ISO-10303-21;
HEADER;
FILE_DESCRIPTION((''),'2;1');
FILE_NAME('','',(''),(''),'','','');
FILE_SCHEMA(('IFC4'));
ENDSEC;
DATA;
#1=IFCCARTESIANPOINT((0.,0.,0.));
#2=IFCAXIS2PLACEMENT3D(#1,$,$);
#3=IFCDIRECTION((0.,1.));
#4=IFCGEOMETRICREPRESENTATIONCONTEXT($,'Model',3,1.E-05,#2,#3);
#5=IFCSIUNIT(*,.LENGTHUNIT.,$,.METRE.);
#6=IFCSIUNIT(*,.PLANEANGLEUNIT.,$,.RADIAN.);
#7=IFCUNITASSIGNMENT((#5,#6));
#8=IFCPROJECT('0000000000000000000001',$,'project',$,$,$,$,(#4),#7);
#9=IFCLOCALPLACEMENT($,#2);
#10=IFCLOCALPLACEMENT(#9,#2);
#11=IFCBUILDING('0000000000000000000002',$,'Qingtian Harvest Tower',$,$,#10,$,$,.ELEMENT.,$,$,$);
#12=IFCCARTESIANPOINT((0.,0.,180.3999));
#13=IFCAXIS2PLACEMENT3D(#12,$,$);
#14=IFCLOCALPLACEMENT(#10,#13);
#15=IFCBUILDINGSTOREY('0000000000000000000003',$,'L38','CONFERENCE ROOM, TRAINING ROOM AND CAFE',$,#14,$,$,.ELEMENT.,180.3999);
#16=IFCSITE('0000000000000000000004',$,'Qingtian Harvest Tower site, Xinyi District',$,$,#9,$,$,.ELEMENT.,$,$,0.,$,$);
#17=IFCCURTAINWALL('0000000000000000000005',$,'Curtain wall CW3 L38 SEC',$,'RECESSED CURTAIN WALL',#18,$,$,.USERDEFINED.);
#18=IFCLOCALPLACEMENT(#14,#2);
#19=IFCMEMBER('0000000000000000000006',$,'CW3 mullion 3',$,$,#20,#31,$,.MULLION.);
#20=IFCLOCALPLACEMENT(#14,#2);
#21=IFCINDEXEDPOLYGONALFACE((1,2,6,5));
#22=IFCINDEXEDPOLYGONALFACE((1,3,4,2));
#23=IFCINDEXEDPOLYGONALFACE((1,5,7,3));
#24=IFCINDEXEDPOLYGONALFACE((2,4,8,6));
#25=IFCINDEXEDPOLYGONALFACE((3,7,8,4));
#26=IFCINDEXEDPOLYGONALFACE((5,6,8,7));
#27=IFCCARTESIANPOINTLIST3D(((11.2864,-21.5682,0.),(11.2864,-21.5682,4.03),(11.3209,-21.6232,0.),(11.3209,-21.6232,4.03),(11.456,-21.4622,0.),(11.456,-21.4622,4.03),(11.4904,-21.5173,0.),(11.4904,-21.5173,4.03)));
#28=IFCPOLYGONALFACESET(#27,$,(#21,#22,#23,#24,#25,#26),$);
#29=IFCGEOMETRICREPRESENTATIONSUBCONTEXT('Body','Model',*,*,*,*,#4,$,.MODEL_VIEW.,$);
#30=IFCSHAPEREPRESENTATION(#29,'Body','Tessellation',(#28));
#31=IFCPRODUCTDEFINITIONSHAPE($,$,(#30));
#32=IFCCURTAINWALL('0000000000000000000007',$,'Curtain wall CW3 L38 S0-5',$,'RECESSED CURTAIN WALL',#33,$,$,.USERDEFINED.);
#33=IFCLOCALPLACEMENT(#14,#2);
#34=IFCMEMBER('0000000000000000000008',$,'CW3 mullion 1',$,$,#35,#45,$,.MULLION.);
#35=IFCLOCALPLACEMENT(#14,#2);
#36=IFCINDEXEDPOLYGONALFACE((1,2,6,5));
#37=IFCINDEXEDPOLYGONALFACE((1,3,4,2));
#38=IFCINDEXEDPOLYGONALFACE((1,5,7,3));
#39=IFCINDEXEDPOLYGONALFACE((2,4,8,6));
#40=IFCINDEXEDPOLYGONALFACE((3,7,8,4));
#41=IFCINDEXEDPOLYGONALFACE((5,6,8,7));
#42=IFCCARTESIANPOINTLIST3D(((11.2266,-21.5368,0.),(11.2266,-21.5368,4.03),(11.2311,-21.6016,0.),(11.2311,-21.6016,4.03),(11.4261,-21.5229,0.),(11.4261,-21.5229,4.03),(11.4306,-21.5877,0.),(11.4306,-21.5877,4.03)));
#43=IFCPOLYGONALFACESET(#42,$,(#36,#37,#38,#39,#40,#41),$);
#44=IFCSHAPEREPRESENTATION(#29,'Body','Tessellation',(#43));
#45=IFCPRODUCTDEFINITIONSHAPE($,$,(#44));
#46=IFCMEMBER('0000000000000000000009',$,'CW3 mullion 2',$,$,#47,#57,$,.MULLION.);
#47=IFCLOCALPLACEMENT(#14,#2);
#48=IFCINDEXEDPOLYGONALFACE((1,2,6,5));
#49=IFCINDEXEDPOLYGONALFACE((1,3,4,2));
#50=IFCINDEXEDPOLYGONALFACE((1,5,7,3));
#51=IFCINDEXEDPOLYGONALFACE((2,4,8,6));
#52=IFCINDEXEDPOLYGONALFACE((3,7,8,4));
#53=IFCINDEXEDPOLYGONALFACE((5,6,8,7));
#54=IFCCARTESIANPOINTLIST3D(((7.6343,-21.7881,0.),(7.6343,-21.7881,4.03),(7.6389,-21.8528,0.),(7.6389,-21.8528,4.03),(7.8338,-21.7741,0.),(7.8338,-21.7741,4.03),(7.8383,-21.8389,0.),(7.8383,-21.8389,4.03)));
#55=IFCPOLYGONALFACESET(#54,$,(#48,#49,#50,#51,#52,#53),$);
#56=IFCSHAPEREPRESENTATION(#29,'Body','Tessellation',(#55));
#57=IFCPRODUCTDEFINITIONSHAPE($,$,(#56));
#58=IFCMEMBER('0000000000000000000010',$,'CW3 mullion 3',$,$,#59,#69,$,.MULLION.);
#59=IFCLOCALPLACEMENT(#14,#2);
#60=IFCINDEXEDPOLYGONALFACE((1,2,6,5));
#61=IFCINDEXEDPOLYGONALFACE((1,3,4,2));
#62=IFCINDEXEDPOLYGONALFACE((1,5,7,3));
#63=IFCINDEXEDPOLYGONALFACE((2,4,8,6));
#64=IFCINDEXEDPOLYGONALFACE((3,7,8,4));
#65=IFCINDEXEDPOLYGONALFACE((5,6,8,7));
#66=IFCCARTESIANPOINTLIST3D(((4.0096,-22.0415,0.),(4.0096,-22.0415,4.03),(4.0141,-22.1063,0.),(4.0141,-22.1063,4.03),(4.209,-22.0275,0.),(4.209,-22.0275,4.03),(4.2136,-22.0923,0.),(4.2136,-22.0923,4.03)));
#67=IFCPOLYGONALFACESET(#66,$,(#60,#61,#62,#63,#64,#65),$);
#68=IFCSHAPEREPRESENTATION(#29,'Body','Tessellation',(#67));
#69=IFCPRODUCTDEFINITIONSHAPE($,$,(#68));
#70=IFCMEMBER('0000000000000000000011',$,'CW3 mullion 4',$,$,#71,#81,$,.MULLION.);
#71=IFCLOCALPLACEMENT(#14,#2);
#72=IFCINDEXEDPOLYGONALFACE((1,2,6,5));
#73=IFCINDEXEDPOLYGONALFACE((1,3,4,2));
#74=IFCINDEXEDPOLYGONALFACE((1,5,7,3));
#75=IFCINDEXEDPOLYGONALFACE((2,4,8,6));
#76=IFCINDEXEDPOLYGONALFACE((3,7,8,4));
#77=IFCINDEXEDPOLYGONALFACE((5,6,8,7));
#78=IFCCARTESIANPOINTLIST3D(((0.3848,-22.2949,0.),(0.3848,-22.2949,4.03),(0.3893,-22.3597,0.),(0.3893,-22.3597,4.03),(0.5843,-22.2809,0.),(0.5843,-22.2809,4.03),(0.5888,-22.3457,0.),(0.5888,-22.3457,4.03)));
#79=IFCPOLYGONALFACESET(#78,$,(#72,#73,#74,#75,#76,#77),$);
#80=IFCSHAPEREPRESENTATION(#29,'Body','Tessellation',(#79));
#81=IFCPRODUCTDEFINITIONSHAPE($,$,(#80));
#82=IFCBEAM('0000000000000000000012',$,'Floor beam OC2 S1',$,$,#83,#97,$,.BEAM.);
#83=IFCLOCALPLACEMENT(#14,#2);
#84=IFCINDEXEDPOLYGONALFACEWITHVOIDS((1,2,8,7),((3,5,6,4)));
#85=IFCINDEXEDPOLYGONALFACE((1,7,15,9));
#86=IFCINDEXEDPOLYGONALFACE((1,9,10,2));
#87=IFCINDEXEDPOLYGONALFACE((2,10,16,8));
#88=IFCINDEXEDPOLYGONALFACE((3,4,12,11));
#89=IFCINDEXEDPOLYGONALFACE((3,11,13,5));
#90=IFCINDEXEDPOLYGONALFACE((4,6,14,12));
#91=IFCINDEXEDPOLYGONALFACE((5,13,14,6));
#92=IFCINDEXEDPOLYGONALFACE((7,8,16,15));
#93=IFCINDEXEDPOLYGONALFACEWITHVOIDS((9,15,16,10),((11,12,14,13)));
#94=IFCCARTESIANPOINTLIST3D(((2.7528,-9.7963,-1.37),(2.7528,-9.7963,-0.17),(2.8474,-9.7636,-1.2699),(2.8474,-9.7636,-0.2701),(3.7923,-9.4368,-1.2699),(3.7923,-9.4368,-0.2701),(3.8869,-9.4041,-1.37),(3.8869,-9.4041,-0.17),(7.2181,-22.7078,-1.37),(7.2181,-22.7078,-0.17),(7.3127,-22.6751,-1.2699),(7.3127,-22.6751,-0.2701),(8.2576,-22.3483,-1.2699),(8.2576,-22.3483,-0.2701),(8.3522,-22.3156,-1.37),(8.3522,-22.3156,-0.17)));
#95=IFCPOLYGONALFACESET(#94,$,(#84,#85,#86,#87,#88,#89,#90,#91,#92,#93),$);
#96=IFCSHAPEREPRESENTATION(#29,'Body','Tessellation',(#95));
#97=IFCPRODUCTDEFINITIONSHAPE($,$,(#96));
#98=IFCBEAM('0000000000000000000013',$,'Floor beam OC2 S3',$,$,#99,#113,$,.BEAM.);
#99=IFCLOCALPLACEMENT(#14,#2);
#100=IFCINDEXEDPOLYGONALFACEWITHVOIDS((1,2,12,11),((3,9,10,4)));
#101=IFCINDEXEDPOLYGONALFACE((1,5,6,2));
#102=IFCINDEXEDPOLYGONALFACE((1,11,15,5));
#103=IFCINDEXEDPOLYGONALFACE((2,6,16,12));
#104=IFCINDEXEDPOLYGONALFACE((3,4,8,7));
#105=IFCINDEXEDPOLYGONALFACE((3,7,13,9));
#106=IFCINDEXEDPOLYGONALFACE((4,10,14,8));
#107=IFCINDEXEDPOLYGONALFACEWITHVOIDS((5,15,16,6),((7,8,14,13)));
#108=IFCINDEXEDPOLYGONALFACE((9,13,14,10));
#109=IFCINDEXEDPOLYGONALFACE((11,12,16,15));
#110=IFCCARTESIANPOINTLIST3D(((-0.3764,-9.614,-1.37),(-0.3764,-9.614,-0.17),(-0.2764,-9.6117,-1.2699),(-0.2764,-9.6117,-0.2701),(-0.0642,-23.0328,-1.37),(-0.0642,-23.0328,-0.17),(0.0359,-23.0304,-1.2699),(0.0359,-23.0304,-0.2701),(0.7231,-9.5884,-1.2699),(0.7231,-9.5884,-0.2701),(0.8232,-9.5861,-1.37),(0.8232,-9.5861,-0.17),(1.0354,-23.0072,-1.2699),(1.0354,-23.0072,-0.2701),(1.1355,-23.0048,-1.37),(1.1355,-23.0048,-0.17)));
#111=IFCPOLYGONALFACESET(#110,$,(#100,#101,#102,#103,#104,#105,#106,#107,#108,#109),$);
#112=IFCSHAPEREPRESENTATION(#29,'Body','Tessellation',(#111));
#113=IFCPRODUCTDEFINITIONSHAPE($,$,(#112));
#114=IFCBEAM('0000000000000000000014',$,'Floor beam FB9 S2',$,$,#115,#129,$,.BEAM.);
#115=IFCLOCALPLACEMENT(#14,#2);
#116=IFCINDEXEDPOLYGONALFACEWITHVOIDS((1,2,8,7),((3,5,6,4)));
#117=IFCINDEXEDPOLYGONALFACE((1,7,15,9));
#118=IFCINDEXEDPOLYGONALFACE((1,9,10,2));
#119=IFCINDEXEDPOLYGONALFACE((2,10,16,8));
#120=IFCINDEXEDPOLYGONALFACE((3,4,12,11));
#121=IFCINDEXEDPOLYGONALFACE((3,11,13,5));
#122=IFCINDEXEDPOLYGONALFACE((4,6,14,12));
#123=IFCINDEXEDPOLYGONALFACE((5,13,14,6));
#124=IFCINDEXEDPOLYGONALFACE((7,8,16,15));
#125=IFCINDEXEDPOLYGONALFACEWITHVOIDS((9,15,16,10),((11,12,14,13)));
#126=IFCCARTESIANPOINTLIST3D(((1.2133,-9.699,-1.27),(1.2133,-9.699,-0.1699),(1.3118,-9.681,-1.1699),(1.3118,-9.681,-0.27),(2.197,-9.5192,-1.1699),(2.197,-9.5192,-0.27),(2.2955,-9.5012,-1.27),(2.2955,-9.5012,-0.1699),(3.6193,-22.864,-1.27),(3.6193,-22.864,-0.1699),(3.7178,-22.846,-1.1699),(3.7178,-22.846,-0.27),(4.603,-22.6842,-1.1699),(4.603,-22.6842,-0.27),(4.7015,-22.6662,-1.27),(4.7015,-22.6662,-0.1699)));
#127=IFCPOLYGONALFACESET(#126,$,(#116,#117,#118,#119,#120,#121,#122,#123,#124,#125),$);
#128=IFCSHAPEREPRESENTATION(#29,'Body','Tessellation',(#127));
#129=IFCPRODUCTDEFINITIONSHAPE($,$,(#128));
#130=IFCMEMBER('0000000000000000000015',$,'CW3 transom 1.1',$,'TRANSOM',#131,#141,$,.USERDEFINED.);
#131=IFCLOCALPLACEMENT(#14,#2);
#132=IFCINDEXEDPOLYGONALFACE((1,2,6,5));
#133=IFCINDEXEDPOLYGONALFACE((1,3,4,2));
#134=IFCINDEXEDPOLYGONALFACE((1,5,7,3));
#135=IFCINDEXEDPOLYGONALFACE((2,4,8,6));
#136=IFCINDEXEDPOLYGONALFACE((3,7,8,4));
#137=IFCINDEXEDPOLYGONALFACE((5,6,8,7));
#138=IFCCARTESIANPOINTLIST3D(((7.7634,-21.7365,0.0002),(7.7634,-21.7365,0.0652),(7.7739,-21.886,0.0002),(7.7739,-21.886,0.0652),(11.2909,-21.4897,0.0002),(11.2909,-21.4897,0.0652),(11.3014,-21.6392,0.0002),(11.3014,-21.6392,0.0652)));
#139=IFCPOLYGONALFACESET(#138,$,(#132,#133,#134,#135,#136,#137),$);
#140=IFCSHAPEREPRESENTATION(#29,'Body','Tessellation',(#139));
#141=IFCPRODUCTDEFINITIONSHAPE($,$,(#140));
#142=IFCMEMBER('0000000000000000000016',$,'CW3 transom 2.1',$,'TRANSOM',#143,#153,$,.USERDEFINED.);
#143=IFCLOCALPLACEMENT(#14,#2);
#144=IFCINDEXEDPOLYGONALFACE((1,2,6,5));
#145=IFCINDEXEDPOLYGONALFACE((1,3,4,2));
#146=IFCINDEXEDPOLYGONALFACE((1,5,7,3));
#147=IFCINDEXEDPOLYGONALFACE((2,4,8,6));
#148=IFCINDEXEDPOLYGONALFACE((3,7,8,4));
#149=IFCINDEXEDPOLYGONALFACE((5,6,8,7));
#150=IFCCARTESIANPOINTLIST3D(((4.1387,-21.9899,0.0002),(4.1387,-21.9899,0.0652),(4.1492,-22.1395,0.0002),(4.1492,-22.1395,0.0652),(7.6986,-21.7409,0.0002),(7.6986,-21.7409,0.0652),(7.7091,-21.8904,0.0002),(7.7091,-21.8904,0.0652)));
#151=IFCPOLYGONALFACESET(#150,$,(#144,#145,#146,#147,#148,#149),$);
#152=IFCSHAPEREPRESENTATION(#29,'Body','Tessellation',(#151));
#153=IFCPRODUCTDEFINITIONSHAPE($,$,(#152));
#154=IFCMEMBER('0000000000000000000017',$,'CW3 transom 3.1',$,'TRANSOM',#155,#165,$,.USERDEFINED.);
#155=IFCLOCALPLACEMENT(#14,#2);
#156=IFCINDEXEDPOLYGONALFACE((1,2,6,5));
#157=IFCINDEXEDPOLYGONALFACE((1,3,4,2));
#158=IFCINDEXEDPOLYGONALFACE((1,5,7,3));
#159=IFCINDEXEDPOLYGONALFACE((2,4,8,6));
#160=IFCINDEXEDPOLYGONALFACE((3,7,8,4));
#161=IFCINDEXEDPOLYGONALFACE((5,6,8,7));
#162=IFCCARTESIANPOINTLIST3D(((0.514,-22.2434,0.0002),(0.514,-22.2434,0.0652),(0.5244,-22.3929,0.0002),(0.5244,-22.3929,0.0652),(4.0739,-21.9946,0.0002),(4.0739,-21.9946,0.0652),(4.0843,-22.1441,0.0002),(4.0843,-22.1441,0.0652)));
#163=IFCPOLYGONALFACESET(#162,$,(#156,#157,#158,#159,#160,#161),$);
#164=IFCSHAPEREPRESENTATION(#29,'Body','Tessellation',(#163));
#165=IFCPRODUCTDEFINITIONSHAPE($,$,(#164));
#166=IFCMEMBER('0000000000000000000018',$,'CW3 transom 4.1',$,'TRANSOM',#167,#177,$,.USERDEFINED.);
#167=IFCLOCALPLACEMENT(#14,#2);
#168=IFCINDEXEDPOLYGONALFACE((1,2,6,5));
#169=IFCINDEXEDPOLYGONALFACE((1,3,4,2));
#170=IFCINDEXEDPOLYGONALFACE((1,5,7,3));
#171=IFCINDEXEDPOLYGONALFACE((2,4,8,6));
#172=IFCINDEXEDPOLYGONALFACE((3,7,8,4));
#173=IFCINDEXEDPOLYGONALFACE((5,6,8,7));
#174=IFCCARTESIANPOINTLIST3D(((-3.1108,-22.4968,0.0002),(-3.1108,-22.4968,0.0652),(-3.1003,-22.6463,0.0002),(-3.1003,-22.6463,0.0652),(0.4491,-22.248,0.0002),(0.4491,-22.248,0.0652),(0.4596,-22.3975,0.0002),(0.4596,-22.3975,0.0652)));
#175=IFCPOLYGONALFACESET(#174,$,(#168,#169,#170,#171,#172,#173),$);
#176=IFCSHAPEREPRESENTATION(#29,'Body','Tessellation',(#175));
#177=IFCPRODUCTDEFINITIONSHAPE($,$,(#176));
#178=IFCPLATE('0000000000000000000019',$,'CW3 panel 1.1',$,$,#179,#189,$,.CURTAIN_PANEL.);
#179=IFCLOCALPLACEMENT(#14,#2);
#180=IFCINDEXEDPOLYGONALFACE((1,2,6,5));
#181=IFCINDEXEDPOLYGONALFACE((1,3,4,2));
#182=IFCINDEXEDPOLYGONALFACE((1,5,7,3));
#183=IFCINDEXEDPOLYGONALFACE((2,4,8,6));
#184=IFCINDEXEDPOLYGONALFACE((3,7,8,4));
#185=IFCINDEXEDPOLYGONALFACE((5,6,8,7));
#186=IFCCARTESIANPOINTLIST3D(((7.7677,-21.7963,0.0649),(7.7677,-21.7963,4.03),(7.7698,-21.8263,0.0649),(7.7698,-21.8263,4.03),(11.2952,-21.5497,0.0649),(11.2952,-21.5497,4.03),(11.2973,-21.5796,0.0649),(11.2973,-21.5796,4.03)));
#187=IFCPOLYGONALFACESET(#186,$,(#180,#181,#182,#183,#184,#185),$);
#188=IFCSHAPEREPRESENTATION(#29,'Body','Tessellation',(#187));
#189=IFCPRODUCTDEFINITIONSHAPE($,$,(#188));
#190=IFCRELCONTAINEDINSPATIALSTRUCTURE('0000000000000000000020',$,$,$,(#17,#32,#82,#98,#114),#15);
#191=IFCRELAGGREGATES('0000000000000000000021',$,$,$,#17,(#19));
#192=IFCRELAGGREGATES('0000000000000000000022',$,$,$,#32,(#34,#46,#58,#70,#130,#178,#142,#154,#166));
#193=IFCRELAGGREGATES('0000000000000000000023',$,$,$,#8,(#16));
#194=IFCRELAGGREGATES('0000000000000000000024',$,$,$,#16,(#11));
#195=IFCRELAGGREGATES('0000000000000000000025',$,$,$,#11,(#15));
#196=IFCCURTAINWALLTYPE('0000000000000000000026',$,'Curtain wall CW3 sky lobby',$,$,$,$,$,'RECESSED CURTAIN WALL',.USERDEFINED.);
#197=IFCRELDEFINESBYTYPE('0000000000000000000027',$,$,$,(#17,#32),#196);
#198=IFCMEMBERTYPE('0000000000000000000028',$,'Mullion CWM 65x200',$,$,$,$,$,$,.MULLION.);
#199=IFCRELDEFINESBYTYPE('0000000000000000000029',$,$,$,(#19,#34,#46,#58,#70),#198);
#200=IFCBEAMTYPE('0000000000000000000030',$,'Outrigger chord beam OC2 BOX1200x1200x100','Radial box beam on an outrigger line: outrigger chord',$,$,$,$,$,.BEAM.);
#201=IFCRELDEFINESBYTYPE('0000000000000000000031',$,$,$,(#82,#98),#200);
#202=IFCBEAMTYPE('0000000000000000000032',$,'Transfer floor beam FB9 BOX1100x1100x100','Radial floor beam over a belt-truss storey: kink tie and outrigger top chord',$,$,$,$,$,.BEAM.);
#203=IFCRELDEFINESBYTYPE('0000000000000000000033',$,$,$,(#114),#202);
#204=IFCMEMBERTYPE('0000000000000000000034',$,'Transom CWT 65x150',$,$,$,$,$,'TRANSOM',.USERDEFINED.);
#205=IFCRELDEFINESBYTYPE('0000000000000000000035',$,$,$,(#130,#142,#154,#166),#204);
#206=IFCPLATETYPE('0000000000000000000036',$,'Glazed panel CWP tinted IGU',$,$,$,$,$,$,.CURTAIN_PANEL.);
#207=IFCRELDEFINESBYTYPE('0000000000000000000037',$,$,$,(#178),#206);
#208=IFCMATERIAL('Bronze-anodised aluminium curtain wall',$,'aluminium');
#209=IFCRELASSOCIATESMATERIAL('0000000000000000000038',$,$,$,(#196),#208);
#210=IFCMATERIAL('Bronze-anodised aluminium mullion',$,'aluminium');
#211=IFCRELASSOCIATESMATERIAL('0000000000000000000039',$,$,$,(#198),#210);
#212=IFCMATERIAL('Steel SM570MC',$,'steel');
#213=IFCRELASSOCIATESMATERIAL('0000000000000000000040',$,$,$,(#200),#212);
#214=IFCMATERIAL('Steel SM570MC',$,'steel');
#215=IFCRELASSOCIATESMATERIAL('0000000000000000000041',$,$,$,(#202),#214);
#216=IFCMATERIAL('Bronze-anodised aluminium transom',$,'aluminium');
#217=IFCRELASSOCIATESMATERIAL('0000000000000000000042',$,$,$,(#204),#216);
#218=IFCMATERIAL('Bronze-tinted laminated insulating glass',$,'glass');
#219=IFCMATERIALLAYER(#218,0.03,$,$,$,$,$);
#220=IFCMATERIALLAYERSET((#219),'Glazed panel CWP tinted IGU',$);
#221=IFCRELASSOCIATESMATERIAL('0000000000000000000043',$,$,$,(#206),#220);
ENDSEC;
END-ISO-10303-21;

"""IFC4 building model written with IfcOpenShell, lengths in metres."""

from ifc_helpers import new_model, si_unit, direction, frame, origin, origin_2d, place, context, subcontext, project, spatial, rectangle, hollow_rectangle, extrude, material, layer, layer_set, material_profile, profile_set, type_object, element, aggregate, save


model = new_model("IFC4")

# Units and contexts
model_context = context("Model", 3, precision=1e-05, world=origin(), true_north=direction((0.0, 1.0)))
body_context = subcontext(model_context, "Body", "Model", "MODEL_VIEW")
ifc_project = project(units=[si_unit("LENGTHUNIT", "METRE"), si_unit("PLANEANGLEUNIT", "RADIAN")], contexts=[model_context])

# Site, building, storey
site_placement = place(None, origin())
site = spatial("IfcSite", under=ifc_project, at=site_placement, Name="Qingtian Harvest Tower site, Xinyi District", CompositionType="ELEMENT", RefElevation=0.0)
building_placement = place(site_placement, origin())
building = spatial("IfcBuilding", under=site, at=building_placement, Name="Qingtian Harvest Tower", CompositionType="ELEMENT")
storey_placement = place(building_placement, frame((0.0, 0.0, 180.3999)))
storey = spatial("IfcBuildingStorey", under=building, at=storey_placement, Name="L38", Description="CONFERENCE ROOM, TRAINING ROOM AND CAFE", CompositionType="ELEMENT", Elevation=180.3999)

# Curtain wall, member
ifc_material_1 = material(Name="Bronze-anodised aluminium curtain wall", Category="aluminium")
curtain_wall_type = type_object("IfcCurtainWallType", Name="Curtain wall CW3 sky lobby", ElementType="RECESSED CURTAIN WALL", PredefinedType="USERDEFINED", material=ifc_material_1)
curtain_wall_1_placement = place(storey_placement, origin())
curtain_wall_1 = element("IfcCurtainWall", 1, at=curtain_wall_1_placement, inside=storey, type_object=curtain_wall_type, Name="Curtain wall CW3 L38 SEC", ObjectType="RECESSED CURTAIN WALL", PredefinedType="USERDEFINED")
ifc_material_2 = material(Name="Bronze-anodised aluminium mullion", Category="aluminium")
ifc_material_profile_1 = material_profile(ifc_material_2, rectangle(XDim=0.0649, YDim=0.2, at=origin_2d()), Name="AL 65x200")
ifc_profile_set_1 = profile_set([ifc_material_profile_1], Name="Bronze-anodised aluminium mullion")
member_type_1 = type_object("IfcMemberType", Name="Mullion CWM 65x200", PredefinedType="MULLION", material=ifc_profile_set_1)
member_1_placement = place(storey_placement, frame((11.3884, -21.5427, 0.0), z_axis=(0.0, 0.0, 1.0), x_axis=(0.529919, -0.848048, 0.0)))
member_1 = element("IfcMember", 2, at=member_1_placement, type_object=member_type_1, Name="CW3 mullion 3", PredefinedType="MULLION", context=body_context, shape_type="SweptSolid", body=[
    extrude(rectangle(XDim=0.0649, YDim=0.2, at=origin_2d()), origin(), (0.0, 0.0, 1.0), 4.03),
])
aggregate(curtain_wall_1, [member_1])

# Curtain wall, members
curtain_wall_2_placement = place(storey_placement, origin())
curtain_wall_2 = element("IfcCurtainWall", 3, at=curtain_wall_2_placement, inside=storey, type_object=curtain_wall_type, Name="Curtain wall CW3 L38 S0-5", ObjectType="RECESSED CURTAIN WALL", PredefinedType="USERDEFINED")
member_2_placement = place(storey_placement, frame((11.3286, -21.5623, 0.0), z_axis=(0.0, 0.0, 1.0), x_axis=(0.069756, -0.997564, 0.0)))
member_2 = element("IfcMember", 4, at=member_2_placement, type_object=member_type_1, Name="CW3 mullion 1", PredefinedType="MULLION", context=body_context, shape_type="SweptSolid", body=[
    extrude(rectangle(XDim=0.0649, YDim=0.2, at=origin_2d()), origin(), (0.0, 0.0, 1.0), 4.03),
])
member_3_placement = place(storey_placement, frame((7.7363, -21.8135, 0.0), z_axis=(0.0, 0.0, 1.0), x_axis=(0.069756, -0.997564, 0.0)))
member_3 = element("IfcMember", 5, at=member_3_placement, type_object=member_type_1, Name="CW3 mullion 2", PredefinedType="MULLION", context=body_context, shape_type="SweptSolid", body=[
    extrude(rectangle(XDim=0.0649, YDim=0.2, at=origin_2d()), origin(), (0.0, 0.0, 1.0), 4.03),
])
member_4_placement = place(storey_placement, frame((4.1116, -22.0669, 0.0), z_axis=(0.0, 0.0, 1.0), x_axis=(0.069756, -0.997564, 0.0)))
member_4 = element("IfcMember", 6, at=member_4_placement, type_object=member_type_1, Name="CW3 mullion 3", PredefinedType="MULLION", context=body_context, shape_type="SweptSolid", body=[
    extrude(rectangle(XDim=0.0649, YDim=0.2, at=origin_2d()), origin(), (0.0, 0.0, 1.0), 4.03),
])
member_5_placement = place(storey_placement, frame((0.4868, -22.3203, 0.0), z_axis=(0.0, 0.0, 1.0), x_axis=(0.069756, -0.997564, 0.0)))
member_5 = element("IfcMember", 7, at=member_5_placement, type_object=member_type_1, Name="CW3 mullion 4", PredefinedType="MULLION", context=body_context, shape_type="SweptSolid", body=[
    extrude(rectangle(XDim=0.0649, YDim=0.2, at=origin_2d()), origin(), (0.0, 0.0, 1.0), 4.03),
])

# Beams
ifc_material_3 = material(Name="Steel SM570MC", Category="steel")
ifc_material_profile_2 = material_profile(ifc_material_3, hollow_rectangle(XDim=1.2, YDim=1.2, WallThickness=0.1001, at=origin_2d()), Name="BOX1200x1200x100")
ifc_profile_set_2 = profile_set([ifc_material_profile_2], Name="Steel SM570MC")
beam_type_1 = type_object("IfcBeamType", Name="Outrigger chord beam OC2 BOX1200x1200x100", Description="Radial box beam on an outrigger line: outrigger chord", PredefinedType="BEAM", material=ifc_profile_set_2)
beam_1_placement = place(storey_placement, frame((7.7852, -22.5117, -0.77), z_axis=(-0.326844, 0.945078, 0.0), x_axis=(-0.945078, -0.326844, 0.0)))
element("IfcBeam", 8, at=beam_1_placement, inside=storey, type_object=beam_type_1, Name="Floor beam OC2 S1", PredefinedType="BEAM", context=body_context, shape_type="SweptSolid", body=[
    extrude(hollow_rectangle(XDim=1.2, YDim=1.2, WallThickness=0.1001, at=origin_2d()), origin(), (0.0, 0.0, 1.0), 13.6619),
])
beam_2_placement = place(storey_placement, frame((0.5356, -23.0188, -0.77), z_axis=(-0.023264, 0.999729, 0.0), x_axis=(-0.999729, -0.023264, 0.0)))
element("IfcBeam", 9, at=beam_2_placement, inside=storey, type_object=beam_type_1, Name="Floor beam OC2 S3", PredefinedType="BEAM", context=body_context, shape_type="SweptSolid", body=[
    extrude(hollow_rectangle(XDim=1.2, YDim=1.2, WallThickness=0.1001, at=origin_2d()), origin(), (0.0, 0.0, 1.0), 13.4224),
])
ifc_material_4 = material(Name="Steel SM570MC", Category="steel")
ifc_material_profile_3 = material_profile(ifc_material_4, hollow_rectangle(XDim=1.1001, YDim=1.1001, WallThickness=0.1001, at=origin_2d()), Name="BOX1100x1100x100")
ifc_profile_set_3 = profile_set([ifc_material_profile_3], Name="Steel SM570MC")
beam_type_2 = type_object("IfcBeamType", Name="Transfer floor beam FB9 BOX1100x1100x100", Description="Radial floor beam over a belt-truss storey: kink tie and outrigger top chord", PredefinedType="BEAM", material=ifc_profile_set_3)
beam_3_placement = place(storey_placement, frame((4.1604, -22.7651, -0.72), z_axis=(-0.17978, 0.983707, 0.0), x_axis=(-0.983707, -0.17978, 0.0)))
element("IfcBeam", 10, at=beam_3_placement, inside=storey, type_object=beam_type_2, Name="Floor beam FB9 S2", PredefinedType="BEAM", context=body_context, shape_type="SweptSolid", body=[
    extrude(hollow_rectangle(XDim=1.1001, YDim=1.1001, WallThickness=0.1001, at=origin_2d()), origin(), (0.0, 0.0, 1.0), 13.3831),
])

# Members
ifc_material_5 = material(Name="Bronze-anodised aluminium transom", Category="aluminium")
ifc_material_profile_4 = material_profile(ifc_material_5, rectangle(XDim=0.1499, YDim=0.0649, at=origin_2d()), Name="AL 65x150")
ifc_profile_set_4 = profile_set([ifc_material_profile_4], Name="Bronze-anodised aluminium transom")
member_type_2 = type_object("IfcMemberType", Name="Transom CWT 65x150", ElementType="TRANSOM", PredefinedType="USERDEFINED", material=ifc_profile_set_4)
member_6_placement = place(storey_placement, frame((11.2961, -21.5645, 0.0327), z_axis=(-0.997561, -0.0698, 0.0), x_axis=(0.0698, -0.997561, 0.0)))
member_6 = element("IfcMember", 11, at=member_6_placement, type_object=member_type_2, Name="CW3 transom 1.1", ObjectType="TRANSOM", PredefinedType="USERDEFINED", context=body_context, shape_type="SweptSolid", body=[
    extrude(rectangle(XDim=0.1499, YDim=0.0649, at=origin_2d()), origin(), (0.0, 0.0, 1.0), 3.5361),
])
member_7_placement = place(storey_placement, frame((7.7039, -21.8157, 0.0327), z_axis=(-0.997562, -0.069784, 0.0), x_axis=(0.069784, -0.997562, 0.0)))
member_7 = element("IfcMember", 12, at=member_7_placement, type_object=member_type_2, Name="CW3 transom 2.1", ObjectType="TRANSOM", PredefinedType="USERDEFINED", context=body_context, shape_type="SweptSolid", body=[
    extrude(rectangle(XDim=0.1499, YDim=0.0649, at=origin_2d()), origin(), (0.0, 0.0, 1.0), 3.5686),
])
member_8_placement = place(storey_placement, frame((4.0791, -22.0693, 0.0327), z_axis=(-0.997567, -0.069715, 0.0), x_axis=(0.069715, -0.997567, 0.0)))
member_8 = element("IfcMember", 13, at=member_8_placement, type_object=member_type_2, Name="CW3 transom 3.1", ObjectType="TRANSOM", PredefinedType="USERDEFINED", context=body_context, shape_type="SweptSolid", body=[
    extrude(rectangle(XDim=0.1499, YDim=0.0649, at=origin_2d()), origin(), (0.0, 0.0, 1.0), 3.5686),
])
member_9_placement = place(storey_placement, frame((0.4543, -22.3228, 0.0327), z_axis=(-0.997567, -0.069715, 0.0), x_axis=(0.069715, -0.997567, 0.0)))
member_9 = element("IfcMember", 14, at=member_9_placement, type_object=member_type_2, Name="CW3 transom 4.1", ObjectType="TRANSOM", PredefinedType="USERDEFINED", context=body_context, shape_type="SweptSolid", body=[
    extrude(rectangle(XDim=0.1499, YDim=0.0649, at=origin_2d()), origin(), (0.0, 0.0, 1.0), 3.5686),
])

# Plate
ifc_material_6 = material(Name="Bronze-tinted laminated insulating glass", Category="glass")
ifc_layer_1 = layer(ifc_material_6, 0.03)
ifc_layer_set_1 = layer_set([ifc_layer_1], Name="Glazed panel CWP tinted IGU")
plate_type = type_object("IfcPlateType", Name="Glazed panel CWP tinted IGU", PredefinedType="CURTAIN_PANEL", material=ifc_layer_set_1)
plate_1_placement = place(storey_placement, frame((9.5325, -21.688, 0.0649), z_axis=(0.0, 0.0, 1.0), x_axis=(-0.997564, -0.069756, 0.0)))
plate_1 = element("IfcPlate", 15, at=plate_1_placement, type_object=plate_type, Name="CW3 panel 1.1", PredefinedType="CURTAIN_PANEL", context=body_context, shape_type="SweptSolid", body=[
    extrude(rectangle(XDim=3.5361, YDim=0.03, at=origin_2d()), origin(), (0.0, 0.0, 1.0), 3.9651),
])
aggregate(curtain_wall_2, [member_2, member_3, member_4, member_5, member_6, plate_1, member_7, member_8, member_9])

save(model, "model.ifc")
